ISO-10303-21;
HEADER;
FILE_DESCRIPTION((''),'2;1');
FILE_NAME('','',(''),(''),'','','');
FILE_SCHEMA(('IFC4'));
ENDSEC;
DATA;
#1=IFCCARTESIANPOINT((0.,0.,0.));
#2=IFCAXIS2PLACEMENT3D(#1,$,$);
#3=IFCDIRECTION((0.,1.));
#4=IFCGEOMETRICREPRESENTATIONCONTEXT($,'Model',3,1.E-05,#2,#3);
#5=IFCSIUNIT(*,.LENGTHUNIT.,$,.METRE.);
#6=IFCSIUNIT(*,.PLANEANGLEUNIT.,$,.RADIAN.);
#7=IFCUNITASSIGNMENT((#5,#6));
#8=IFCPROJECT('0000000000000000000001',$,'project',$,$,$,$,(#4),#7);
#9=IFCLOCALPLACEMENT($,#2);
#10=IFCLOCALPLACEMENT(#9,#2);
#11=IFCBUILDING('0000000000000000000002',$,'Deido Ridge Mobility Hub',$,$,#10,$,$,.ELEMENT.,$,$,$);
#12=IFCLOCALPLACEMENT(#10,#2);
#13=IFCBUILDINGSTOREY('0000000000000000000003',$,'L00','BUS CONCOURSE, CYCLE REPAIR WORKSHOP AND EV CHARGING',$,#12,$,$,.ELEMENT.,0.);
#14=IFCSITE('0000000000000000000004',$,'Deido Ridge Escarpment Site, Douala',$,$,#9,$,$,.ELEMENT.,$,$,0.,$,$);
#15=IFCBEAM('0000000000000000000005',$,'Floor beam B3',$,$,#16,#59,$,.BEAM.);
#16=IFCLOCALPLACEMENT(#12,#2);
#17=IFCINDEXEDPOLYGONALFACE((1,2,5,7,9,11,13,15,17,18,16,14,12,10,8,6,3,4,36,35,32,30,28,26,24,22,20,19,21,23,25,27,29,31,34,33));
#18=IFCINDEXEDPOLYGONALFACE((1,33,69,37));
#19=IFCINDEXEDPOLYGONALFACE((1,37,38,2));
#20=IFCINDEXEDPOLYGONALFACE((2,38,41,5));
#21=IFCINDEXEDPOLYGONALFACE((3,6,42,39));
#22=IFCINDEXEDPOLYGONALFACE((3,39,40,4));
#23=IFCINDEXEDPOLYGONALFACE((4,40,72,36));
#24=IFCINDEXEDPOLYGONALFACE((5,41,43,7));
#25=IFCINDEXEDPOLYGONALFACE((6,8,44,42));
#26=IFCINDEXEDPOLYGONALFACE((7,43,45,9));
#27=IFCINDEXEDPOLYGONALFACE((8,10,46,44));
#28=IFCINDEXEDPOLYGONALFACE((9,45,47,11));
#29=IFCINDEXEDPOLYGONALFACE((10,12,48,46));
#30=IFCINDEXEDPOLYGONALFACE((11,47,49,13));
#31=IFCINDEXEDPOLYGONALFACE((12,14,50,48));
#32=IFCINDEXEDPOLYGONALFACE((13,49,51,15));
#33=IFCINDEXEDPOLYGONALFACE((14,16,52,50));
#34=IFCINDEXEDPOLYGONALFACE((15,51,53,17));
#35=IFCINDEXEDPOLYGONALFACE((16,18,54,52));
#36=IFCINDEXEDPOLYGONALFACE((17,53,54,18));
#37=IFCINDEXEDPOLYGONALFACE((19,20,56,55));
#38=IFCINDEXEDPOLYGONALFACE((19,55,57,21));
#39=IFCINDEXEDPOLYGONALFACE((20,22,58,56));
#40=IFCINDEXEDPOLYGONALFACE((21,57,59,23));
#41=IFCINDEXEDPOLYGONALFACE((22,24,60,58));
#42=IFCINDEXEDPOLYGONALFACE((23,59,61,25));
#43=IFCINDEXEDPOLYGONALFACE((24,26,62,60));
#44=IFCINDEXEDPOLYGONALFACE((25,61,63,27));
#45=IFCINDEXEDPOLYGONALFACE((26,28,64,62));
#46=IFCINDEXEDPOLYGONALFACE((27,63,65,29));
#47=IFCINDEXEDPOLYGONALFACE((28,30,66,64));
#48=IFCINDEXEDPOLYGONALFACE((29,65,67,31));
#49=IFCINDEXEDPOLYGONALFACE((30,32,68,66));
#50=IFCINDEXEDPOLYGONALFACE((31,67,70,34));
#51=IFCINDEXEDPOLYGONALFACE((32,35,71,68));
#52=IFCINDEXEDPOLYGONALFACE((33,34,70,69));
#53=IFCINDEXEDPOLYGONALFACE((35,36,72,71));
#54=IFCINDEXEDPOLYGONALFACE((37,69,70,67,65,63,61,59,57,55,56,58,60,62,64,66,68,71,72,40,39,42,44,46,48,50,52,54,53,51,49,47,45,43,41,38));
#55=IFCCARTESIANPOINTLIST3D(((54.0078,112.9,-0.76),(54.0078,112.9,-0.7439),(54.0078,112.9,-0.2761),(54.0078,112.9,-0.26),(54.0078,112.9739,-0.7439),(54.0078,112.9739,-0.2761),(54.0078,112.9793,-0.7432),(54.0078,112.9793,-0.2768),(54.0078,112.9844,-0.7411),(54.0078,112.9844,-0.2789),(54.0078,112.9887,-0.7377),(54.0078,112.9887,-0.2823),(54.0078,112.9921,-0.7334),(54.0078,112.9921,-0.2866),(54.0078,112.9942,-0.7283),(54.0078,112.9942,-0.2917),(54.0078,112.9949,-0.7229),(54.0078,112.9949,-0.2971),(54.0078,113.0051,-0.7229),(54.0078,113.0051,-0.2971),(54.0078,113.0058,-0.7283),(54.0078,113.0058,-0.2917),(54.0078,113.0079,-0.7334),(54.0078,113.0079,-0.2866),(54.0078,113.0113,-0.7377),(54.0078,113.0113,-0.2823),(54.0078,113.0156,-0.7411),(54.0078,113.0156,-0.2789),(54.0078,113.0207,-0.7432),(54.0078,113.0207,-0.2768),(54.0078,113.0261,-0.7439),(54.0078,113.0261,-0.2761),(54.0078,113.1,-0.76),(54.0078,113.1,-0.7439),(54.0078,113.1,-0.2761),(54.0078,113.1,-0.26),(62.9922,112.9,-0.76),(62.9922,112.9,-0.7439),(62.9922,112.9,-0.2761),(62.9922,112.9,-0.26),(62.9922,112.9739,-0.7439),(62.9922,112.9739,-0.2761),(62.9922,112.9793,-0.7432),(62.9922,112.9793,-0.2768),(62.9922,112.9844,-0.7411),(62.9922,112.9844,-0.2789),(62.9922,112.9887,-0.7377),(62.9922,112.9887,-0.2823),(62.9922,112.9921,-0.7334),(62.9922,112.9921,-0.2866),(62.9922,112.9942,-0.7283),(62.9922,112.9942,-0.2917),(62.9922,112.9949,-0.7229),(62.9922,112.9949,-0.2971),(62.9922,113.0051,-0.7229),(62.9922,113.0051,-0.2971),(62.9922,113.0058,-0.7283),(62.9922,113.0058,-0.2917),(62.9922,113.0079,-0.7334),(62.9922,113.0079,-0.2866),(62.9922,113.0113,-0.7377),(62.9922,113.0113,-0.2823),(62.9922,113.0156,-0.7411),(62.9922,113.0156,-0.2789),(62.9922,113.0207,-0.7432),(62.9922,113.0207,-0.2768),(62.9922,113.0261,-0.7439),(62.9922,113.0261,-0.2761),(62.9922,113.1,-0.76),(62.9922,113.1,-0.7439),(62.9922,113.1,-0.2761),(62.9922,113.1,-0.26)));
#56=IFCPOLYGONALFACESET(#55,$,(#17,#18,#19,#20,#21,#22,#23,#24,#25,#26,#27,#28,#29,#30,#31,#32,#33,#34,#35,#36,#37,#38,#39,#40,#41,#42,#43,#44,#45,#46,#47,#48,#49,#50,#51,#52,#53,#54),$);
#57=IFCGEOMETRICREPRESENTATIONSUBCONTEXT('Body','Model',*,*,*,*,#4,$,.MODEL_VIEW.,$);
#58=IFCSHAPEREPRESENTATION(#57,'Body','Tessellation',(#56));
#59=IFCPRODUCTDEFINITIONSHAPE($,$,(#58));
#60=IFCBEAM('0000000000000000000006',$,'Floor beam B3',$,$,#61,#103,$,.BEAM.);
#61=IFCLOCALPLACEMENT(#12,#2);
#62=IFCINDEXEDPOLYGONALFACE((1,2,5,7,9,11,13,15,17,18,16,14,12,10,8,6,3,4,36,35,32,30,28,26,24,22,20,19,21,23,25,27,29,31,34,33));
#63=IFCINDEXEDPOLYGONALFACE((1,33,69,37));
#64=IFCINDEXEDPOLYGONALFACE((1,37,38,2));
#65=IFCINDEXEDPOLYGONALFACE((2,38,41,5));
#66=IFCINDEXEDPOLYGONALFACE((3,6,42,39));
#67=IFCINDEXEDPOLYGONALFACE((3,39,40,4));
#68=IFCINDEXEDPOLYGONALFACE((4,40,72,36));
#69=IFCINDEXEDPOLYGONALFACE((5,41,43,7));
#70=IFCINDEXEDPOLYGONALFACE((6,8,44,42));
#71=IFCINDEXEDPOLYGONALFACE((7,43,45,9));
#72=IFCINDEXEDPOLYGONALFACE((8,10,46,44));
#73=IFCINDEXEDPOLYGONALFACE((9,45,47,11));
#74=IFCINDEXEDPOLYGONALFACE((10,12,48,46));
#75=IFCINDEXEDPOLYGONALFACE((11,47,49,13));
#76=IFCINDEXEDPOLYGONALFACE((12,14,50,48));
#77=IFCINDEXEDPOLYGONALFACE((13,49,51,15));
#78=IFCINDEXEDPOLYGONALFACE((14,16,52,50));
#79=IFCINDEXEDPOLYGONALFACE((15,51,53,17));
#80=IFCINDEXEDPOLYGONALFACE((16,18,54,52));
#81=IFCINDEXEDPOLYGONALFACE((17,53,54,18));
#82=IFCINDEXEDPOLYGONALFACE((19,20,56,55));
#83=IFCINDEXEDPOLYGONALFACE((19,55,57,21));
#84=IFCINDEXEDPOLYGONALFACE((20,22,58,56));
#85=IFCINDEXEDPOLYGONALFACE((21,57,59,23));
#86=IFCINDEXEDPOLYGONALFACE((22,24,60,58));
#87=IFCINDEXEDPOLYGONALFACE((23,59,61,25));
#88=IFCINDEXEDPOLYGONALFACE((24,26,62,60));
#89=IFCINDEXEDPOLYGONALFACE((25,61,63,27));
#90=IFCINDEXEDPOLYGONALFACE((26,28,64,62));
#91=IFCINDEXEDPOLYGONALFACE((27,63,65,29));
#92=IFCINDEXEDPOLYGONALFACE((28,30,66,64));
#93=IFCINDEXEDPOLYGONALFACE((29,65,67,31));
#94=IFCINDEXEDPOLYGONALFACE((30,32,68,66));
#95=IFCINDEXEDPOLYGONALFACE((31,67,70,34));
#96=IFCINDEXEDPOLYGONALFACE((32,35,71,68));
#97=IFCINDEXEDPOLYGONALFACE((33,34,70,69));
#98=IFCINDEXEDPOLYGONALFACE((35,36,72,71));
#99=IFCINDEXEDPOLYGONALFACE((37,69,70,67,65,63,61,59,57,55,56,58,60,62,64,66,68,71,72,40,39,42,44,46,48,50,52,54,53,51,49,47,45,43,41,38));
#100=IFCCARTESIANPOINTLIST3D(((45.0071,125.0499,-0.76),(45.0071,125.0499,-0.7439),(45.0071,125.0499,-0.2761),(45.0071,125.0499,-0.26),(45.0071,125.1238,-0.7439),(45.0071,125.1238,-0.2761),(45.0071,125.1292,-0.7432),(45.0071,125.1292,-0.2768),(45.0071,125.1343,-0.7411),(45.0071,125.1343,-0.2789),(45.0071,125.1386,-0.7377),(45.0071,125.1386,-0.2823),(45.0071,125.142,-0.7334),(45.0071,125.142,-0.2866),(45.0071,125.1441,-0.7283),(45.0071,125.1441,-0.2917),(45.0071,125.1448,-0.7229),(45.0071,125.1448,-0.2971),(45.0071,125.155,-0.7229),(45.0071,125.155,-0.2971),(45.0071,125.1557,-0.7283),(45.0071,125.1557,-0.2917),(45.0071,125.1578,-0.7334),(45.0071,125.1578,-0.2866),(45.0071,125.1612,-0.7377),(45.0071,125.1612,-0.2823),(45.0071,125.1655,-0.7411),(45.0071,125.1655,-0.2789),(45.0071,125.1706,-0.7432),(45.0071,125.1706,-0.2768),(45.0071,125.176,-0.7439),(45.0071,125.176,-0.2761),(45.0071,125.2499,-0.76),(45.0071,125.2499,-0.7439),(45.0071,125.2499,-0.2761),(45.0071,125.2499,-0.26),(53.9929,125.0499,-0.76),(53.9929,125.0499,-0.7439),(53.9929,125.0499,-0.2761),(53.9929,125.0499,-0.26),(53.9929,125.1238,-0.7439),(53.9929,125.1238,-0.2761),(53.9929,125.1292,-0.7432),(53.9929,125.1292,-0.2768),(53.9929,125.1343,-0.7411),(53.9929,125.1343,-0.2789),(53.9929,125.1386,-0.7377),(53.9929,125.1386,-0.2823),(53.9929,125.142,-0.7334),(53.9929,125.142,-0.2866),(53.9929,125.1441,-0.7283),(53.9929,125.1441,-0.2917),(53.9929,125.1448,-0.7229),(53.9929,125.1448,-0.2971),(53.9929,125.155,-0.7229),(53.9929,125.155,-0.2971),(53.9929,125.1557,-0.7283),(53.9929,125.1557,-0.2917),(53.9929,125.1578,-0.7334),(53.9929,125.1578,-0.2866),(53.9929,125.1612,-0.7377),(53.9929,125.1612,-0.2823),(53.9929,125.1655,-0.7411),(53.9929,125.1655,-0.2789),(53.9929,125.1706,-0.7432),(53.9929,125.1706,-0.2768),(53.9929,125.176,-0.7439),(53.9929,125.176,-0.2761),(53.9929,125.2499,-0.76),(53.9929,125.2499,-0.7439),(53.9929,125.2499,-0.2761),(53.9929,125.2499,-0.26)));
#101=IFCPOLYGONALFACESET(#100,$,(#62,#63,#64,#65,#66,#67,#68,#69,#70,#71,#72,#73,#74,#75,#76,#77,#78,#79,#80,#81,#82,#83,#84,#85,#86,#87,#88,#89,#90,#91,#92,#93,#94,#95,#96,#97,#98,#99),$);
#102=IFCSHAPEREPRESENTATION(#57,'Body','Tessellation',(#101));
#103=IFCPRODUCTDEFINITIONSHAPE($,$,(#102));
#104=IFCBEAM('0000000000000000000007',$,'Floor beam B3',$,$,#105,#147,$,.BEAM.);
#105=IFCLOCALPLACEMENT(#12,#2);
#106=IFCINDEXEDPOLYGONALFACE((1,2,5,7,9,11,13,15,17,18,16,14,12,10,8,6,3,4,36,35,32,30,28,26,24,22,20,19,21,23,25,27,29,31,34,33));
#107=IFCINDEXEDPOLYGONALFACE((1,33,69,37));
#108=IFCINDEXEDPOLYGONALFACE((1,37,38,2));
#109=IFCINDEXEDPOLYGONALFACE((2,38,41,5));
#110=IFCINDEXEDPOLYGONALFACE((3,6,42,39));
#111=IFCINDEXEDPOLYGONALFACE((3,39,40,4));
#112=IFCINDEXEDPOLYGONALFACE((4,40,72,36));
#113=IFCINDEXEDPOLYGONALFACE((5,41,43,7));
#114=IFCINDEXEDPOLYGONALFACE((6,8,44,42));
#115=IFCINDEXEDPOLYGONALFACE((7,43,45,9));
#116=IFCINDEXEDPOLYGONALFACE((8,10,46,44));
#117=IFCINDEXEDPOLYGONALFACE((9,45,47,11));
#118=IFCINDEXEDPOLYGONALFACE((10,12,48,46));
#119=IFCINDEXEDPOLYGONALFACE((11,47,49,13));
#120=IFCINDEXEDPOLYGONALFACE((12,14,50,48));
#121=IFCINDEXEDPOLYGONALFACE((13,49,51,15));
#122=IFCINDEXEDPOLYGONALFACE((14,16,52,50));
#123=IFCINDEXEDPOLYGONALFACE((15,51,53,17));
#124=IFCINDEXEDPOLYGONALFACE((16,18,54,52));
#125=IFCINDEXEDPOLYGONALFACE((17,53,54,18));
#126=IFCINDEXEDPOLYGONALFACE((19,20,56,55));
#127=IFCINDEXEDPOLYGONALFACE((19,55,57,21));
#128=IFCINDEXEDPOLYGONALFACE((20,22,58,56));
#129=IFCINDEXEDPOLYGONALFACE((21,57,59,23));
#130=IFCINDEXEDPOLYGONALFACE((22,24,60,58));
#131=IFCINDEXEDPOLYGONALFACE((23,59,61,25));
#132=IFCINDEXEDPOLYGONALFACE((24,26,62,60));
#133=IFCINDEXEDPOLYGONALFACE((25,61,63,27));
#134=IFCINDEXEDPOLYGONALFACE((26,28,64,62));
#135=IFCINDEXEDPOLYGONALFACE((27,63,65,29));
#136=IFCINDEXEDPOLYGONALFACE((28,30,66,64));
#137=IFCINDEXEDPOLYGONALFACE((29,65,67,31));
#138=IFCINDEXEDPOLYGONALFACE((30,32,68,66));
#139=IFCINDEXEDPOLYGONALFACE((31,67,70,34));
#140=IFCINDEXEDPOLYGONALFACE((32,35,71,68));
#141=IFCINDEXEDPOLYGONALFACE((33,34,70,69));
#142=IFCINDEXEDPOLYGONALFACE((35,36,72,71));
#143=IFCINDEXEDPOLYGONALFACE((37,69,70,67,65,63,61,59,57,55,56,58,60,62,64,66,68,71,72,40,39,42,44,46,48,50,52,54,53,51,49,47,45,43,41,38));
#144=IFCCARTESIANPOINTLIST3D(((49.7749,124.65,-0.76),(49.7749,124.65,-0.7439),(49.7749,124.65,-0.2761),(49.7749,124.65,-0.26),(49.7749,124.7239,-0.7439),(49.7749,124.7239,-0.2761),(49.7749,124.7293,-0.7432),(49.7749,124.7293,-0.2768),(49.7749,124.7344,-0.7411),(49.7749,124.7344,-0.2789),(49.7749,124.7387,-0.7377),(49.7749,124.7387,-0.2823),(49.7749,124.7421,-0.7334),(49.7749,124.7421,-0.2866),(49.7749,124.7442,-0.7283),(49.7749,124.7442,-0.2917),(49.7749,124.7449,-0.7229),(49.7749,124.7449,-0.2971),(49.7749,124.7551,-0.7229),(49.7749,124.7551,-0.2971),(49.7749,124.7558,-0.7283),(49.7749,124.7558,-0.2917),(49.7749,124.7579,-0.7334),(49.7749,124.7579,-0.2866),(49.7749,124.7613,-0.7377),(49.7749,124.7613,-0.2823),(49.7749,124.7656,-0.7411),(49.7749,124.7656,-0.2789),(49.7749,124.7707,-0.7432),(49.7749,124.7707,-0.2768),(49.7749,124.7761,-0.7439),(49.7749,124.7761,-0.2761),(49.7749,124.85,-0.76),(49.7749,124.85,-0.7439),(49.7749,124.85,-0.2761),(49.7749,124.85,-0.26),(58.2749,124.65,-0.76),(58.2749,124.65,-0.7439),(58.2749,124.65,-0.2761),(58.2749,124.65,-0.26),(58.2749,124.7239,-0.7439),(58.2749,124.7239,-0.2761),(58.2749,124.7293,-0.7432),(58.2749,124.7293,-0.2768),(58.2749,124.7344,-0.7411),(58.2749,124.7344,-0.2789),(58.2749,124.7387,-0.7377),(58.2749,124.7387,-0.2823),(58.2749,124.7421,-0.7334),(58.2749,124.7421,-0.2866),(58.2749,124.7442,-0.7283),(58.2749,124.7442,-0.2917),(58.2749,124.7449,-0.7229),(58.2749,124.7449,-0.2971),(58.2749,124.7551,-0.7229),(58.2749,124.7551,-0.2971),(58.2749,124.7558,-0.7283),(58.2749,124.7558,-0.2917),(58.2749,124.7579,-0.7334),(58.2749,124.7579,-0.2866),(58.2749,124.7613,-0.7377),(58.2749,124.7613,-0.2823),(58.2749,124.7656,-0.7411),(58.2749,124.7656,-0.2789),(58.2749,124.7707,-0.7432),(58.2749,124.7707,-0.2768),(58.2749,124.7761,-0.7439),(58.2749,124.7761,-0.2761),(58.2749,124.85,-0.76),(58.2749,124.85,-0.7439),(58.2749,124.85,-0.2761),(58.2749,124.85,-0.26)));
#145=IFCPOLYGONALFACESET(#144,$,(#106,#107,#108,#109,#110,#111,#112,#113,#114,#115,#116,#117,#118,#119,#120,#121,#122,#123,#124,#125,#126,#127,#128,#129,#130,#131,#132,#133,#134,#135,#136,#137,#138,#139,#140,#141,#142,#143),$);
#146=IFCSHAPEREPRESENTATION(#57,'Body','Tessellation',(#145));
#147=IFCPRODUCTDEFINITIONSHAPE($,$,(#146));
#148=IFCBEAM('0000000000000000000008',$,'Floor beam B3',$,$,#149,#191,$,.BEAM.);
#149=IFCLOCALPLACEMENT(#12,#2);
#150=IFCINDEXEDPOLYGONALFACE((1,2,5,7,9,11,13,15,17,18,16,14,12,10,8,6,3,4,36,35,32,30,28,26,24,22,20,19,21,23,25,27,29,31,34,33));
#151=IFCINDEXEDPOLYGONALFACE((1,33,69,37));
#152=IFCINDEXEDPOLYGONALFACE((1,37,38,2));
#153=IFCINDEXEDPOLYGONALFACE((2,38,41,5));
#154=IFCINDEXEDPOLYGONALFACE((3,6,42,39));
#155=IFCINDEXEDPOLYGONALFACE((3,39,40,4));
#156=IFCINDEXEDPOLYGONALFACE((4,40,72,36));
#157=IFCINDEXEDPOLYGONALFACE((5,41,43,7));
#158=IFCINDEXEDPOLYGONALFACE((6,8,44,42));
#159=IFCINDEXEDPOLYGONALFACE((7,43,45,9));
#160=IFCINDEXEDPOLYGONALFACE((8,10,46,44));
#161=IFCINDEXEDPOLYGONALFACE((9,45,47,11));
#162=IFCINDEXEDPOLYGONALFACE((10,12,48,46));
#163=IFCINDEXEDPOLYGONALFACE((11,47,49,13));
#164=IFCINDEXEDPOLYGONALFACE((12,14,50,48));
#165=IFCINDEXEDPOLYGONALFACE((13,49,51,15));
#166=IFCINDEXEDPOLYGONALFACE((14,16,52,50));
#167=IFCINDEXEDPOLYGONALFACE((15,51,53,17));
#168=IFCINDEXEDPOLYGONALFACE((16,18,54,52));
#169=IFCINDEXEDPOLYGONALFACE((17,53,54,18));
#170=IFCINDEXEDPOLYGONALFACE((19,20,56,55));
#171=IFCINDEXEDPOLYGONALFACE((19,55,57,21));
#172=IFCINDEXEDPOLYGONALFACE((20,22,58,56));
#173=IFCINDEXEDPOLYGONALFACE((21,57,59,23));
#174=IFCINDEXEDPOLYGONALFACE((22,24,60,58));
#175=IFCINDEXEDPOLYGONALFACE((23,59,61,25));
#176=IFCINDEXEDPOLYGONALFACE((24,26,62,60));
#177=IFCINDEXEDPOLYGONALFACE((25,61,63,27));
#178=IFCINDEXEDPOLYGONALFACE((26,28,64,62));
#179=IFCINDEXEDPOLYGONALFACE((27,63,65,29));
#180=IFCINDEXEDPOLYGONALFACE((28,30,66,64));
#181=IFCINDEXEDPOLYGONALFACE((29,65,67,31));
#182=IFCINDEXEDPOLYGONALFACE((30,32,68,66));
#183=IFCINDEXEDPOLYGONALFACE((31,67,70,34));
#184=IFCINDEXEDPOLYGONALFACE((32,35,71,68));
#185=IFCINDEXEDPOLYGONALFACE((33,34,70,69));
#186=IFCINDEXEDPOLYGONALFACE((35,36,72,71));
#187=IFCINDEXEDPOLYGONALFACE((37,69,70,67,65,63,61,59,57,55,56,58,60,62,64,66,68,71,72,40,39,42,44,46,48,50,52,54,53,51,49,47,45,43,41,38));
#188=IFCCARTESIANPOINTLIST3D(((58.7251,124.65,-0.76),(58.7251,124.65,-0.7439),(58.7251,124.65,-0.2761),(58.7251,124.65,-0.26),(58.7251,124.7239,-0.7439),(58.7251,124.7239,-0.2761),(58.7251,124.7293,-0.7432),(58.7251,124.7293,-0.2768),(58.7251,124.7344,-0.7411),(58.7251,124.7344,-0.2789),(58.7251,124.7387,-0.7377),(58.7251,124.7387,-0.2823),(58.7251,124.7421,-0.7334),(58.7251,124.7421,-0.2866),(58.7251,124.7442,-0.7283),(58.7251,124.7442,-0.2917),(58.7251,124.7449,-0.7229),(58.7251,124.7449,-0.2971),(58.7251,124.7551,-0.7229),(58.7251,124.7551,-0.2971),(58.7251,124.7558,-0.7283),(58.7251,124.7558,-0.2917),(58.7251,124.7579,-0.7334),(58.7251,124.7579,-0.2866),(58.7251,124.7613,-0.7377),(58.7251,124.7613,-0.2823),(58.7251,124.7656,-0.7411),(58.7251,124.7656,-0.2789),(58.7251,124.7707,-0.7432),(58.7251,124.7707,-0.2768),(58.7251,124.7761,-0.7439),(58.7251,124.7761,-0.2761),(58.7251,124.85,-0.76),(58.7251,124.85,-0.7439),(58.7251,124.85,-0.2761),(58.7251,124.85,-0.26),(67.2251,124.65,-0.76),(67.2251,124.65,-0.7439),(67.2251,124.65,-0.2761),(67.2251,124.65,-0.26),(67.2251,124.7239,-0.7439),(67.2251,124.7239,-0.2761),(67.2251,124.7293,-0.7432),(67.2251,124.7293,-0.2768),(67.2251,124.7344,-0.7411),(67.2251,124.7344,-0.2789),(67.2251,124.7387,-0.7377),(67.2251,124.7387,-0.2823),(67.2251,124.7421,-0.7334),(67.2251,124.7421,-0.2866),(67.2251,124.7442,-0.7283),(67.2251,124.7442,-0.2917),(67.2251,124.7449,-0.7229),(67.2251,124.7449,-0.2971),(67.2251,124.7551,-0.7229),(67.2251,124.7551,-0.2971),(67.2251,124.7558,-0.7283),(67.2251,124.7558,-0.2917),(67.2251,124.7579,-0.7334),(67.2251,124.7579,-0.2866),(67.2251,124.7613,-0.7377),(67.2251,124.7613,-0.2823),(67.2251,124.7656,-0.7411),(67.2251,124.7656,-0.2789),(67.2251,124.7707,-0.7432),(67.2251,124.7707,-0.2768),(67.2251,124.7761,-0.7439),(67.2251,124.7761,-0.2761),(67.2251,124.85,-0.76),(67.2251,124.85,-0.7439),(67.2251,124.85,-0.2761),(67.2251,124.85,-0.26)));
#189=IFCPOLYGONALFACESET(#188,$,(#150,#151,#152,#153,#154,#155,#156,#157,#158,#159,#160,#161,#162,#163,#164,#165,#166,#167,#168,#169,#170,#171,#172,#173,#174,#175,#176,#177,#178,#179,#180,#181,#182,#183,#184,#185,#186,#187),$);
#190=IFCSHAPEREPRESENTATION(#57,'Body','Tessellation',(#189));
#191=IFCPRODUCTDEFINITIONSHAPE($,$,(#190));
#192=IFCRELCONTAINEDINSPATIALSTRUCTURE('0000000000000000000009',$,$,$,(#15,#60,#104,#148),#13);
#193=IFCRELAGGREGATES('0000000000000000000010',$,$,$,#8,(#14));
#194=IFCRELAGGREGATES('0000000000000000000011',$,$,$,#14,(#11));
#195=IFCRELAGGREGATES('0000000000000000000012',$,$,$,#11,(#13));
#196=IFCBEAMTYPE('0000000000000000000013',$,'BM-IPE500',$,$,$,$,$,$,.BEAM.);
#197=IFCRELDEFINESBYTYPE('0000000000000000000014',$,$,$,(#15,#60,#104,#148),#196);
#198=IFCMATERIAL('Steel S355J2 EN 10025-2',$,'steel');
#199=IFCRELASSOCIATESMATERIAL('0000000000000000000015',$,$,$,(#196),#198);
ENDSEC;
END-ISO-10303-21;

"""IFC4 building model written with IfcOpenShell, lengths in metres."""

from ifc_helpers import new_model, si_unit, direction, frame, origin, origin_2d, place, context, subcontext, project, spatial, i_section, extrude, material, material_profile, profile_set, type_object, element, save


model = new_model("IFC4")

# Units and contexts
model_context = context("Model", 3, precision=1e-05, world=origin(), true_north=direction((0.0, 1.0)))
body_context = subcontext(model_context, "Body", "Model", "MODEL_VIEW")
ifc_project = project(units=[si_unit("LENGTHUNIT", "METRE"), si_unit("PLANEANGLEUNIT", "RADIAN")], contexts=[model_context])

# Site, building, storey
site_placement = place(None, origin())
site = spatial("IfcSite", under=ifc_project, at=site_placement, Name="Deido Ridge Escarpment Site, Douala", CompositionType="ELEMENT", RefElevation=0.0)
building_placement = place(site_placement, origin())
building = spatial("IfcBuilding", under=site, at=building_placement, Name="Deido Ridge Mobility Hub", CompositionType="ELEMENT")
storey_placement = place(building_placement, origin())
storey = spatial("IfcBuildingStorey", under=building, at=storey_placement, Name="L00", Description="BUS CONCOURSE, CYCLE REPAIR WORKSHOP AND EV CHARGING", CompositionType="ELEMENT", Elevation=0.0)

# Shared definitions
ifc_material_1 = material(Name="Steel S355J2 EN 10025-2", Category="steel")

# Beams
ifc_material_profile_1 = material_profile(ifc_material_1, i_section(OverallWidth=0.2, OverallDepth=0.5, WebThickness=0.0103, FlangeThickness=0.0161, FilletRadius=0.021, at=origin_2d()), Name="IPE 500")
ifc_profile_set_1 = profile_set([ifc_material_profile_1], Name="Steel S355J2 EN 10025-2")
beam_type_1 = type_object("IfcBeamType", Name="BM-IPE500", PredefinedType="BEAM", material=ifc_profile_set_1)
for number, where, z_axis, x_axis, name in (
    (1, (54.0078, 113.0, -0.51), (1.0, 0.0, 0.0), (0.0, 1.0, 0.0), "Floor beam B3"),
):
    element("IfcBeam", number, at=place(storey_placement, frame(where, z_axis=z_axis, x_axis=x_axis)), inside=storey, type_object=beam_type_1, Name=name, PredefinedType="BEAM", context=body_context, shape_type="SweptSolid", body=[
        extrude(i_section(OverallWidth=0.2, OverallDepth=0.5, WebThickness=0.0103, FlangeThickness=0.0161, FilletRadius=0.021, at=origin_2d()), origin(), (0.0, 0.0, 1.0), 8.9844),
    ])
beam_1_placement = place(storey_placement, frame((45.0071, 125.1499, -0.51), z_axis=(1.0, 0.0, 0.0), x_axis=(0.0, 1.0, 0.0)))
element("IfcBeam", 2, at=beam_1_placement, inside=storey, type_object=beam_type_1, Name="Floor beam B3", PredefinedType="BEAM", context=body_context, shape_type="SweptSolid", body=[
    extrude(i_section(OverallWidth=0.2, OverallDepth=0.5, WebThickness=0.0103, FlangeThickness=0.0161, FilletRadius=0.021, at=origin_2d()), origin(), (0.0, 0.0, 1.0), 8.9858),
])
for number, where, z_axis, x_axis, name in (
    (3, (49.7749, 124.75, -0.51), (1.0, 0.0, 0.0), (0.0, 1.0, 0.0), "Floor beam B3"),
    (4, (58.7251, 124.75, -0.51), (1.0, 0.0, 0.0), (0.0, 1.0, 0.0), "Floor beam B3"),
):
    element("IfcBeam", number, at=place(storey_placement, frame(where, z_axis=z_axis, x_axis=x_axis)), inside=storey, type_object=beam_type_1, Name=name, PredefinedType="BEAM", context=body_context, shape_type="SweptSolid", body=[
        extrude(i_section(OverallWidth=0.2, OverallDepth=0.5, WebThickness=0.0103, FlangeThickness=0.0161, FilletRadius=0.021, at=origin_2d()), origin(), (0.0, 0.0, 1.0), 8.5),
    ])

save(model, "model.ifc")
